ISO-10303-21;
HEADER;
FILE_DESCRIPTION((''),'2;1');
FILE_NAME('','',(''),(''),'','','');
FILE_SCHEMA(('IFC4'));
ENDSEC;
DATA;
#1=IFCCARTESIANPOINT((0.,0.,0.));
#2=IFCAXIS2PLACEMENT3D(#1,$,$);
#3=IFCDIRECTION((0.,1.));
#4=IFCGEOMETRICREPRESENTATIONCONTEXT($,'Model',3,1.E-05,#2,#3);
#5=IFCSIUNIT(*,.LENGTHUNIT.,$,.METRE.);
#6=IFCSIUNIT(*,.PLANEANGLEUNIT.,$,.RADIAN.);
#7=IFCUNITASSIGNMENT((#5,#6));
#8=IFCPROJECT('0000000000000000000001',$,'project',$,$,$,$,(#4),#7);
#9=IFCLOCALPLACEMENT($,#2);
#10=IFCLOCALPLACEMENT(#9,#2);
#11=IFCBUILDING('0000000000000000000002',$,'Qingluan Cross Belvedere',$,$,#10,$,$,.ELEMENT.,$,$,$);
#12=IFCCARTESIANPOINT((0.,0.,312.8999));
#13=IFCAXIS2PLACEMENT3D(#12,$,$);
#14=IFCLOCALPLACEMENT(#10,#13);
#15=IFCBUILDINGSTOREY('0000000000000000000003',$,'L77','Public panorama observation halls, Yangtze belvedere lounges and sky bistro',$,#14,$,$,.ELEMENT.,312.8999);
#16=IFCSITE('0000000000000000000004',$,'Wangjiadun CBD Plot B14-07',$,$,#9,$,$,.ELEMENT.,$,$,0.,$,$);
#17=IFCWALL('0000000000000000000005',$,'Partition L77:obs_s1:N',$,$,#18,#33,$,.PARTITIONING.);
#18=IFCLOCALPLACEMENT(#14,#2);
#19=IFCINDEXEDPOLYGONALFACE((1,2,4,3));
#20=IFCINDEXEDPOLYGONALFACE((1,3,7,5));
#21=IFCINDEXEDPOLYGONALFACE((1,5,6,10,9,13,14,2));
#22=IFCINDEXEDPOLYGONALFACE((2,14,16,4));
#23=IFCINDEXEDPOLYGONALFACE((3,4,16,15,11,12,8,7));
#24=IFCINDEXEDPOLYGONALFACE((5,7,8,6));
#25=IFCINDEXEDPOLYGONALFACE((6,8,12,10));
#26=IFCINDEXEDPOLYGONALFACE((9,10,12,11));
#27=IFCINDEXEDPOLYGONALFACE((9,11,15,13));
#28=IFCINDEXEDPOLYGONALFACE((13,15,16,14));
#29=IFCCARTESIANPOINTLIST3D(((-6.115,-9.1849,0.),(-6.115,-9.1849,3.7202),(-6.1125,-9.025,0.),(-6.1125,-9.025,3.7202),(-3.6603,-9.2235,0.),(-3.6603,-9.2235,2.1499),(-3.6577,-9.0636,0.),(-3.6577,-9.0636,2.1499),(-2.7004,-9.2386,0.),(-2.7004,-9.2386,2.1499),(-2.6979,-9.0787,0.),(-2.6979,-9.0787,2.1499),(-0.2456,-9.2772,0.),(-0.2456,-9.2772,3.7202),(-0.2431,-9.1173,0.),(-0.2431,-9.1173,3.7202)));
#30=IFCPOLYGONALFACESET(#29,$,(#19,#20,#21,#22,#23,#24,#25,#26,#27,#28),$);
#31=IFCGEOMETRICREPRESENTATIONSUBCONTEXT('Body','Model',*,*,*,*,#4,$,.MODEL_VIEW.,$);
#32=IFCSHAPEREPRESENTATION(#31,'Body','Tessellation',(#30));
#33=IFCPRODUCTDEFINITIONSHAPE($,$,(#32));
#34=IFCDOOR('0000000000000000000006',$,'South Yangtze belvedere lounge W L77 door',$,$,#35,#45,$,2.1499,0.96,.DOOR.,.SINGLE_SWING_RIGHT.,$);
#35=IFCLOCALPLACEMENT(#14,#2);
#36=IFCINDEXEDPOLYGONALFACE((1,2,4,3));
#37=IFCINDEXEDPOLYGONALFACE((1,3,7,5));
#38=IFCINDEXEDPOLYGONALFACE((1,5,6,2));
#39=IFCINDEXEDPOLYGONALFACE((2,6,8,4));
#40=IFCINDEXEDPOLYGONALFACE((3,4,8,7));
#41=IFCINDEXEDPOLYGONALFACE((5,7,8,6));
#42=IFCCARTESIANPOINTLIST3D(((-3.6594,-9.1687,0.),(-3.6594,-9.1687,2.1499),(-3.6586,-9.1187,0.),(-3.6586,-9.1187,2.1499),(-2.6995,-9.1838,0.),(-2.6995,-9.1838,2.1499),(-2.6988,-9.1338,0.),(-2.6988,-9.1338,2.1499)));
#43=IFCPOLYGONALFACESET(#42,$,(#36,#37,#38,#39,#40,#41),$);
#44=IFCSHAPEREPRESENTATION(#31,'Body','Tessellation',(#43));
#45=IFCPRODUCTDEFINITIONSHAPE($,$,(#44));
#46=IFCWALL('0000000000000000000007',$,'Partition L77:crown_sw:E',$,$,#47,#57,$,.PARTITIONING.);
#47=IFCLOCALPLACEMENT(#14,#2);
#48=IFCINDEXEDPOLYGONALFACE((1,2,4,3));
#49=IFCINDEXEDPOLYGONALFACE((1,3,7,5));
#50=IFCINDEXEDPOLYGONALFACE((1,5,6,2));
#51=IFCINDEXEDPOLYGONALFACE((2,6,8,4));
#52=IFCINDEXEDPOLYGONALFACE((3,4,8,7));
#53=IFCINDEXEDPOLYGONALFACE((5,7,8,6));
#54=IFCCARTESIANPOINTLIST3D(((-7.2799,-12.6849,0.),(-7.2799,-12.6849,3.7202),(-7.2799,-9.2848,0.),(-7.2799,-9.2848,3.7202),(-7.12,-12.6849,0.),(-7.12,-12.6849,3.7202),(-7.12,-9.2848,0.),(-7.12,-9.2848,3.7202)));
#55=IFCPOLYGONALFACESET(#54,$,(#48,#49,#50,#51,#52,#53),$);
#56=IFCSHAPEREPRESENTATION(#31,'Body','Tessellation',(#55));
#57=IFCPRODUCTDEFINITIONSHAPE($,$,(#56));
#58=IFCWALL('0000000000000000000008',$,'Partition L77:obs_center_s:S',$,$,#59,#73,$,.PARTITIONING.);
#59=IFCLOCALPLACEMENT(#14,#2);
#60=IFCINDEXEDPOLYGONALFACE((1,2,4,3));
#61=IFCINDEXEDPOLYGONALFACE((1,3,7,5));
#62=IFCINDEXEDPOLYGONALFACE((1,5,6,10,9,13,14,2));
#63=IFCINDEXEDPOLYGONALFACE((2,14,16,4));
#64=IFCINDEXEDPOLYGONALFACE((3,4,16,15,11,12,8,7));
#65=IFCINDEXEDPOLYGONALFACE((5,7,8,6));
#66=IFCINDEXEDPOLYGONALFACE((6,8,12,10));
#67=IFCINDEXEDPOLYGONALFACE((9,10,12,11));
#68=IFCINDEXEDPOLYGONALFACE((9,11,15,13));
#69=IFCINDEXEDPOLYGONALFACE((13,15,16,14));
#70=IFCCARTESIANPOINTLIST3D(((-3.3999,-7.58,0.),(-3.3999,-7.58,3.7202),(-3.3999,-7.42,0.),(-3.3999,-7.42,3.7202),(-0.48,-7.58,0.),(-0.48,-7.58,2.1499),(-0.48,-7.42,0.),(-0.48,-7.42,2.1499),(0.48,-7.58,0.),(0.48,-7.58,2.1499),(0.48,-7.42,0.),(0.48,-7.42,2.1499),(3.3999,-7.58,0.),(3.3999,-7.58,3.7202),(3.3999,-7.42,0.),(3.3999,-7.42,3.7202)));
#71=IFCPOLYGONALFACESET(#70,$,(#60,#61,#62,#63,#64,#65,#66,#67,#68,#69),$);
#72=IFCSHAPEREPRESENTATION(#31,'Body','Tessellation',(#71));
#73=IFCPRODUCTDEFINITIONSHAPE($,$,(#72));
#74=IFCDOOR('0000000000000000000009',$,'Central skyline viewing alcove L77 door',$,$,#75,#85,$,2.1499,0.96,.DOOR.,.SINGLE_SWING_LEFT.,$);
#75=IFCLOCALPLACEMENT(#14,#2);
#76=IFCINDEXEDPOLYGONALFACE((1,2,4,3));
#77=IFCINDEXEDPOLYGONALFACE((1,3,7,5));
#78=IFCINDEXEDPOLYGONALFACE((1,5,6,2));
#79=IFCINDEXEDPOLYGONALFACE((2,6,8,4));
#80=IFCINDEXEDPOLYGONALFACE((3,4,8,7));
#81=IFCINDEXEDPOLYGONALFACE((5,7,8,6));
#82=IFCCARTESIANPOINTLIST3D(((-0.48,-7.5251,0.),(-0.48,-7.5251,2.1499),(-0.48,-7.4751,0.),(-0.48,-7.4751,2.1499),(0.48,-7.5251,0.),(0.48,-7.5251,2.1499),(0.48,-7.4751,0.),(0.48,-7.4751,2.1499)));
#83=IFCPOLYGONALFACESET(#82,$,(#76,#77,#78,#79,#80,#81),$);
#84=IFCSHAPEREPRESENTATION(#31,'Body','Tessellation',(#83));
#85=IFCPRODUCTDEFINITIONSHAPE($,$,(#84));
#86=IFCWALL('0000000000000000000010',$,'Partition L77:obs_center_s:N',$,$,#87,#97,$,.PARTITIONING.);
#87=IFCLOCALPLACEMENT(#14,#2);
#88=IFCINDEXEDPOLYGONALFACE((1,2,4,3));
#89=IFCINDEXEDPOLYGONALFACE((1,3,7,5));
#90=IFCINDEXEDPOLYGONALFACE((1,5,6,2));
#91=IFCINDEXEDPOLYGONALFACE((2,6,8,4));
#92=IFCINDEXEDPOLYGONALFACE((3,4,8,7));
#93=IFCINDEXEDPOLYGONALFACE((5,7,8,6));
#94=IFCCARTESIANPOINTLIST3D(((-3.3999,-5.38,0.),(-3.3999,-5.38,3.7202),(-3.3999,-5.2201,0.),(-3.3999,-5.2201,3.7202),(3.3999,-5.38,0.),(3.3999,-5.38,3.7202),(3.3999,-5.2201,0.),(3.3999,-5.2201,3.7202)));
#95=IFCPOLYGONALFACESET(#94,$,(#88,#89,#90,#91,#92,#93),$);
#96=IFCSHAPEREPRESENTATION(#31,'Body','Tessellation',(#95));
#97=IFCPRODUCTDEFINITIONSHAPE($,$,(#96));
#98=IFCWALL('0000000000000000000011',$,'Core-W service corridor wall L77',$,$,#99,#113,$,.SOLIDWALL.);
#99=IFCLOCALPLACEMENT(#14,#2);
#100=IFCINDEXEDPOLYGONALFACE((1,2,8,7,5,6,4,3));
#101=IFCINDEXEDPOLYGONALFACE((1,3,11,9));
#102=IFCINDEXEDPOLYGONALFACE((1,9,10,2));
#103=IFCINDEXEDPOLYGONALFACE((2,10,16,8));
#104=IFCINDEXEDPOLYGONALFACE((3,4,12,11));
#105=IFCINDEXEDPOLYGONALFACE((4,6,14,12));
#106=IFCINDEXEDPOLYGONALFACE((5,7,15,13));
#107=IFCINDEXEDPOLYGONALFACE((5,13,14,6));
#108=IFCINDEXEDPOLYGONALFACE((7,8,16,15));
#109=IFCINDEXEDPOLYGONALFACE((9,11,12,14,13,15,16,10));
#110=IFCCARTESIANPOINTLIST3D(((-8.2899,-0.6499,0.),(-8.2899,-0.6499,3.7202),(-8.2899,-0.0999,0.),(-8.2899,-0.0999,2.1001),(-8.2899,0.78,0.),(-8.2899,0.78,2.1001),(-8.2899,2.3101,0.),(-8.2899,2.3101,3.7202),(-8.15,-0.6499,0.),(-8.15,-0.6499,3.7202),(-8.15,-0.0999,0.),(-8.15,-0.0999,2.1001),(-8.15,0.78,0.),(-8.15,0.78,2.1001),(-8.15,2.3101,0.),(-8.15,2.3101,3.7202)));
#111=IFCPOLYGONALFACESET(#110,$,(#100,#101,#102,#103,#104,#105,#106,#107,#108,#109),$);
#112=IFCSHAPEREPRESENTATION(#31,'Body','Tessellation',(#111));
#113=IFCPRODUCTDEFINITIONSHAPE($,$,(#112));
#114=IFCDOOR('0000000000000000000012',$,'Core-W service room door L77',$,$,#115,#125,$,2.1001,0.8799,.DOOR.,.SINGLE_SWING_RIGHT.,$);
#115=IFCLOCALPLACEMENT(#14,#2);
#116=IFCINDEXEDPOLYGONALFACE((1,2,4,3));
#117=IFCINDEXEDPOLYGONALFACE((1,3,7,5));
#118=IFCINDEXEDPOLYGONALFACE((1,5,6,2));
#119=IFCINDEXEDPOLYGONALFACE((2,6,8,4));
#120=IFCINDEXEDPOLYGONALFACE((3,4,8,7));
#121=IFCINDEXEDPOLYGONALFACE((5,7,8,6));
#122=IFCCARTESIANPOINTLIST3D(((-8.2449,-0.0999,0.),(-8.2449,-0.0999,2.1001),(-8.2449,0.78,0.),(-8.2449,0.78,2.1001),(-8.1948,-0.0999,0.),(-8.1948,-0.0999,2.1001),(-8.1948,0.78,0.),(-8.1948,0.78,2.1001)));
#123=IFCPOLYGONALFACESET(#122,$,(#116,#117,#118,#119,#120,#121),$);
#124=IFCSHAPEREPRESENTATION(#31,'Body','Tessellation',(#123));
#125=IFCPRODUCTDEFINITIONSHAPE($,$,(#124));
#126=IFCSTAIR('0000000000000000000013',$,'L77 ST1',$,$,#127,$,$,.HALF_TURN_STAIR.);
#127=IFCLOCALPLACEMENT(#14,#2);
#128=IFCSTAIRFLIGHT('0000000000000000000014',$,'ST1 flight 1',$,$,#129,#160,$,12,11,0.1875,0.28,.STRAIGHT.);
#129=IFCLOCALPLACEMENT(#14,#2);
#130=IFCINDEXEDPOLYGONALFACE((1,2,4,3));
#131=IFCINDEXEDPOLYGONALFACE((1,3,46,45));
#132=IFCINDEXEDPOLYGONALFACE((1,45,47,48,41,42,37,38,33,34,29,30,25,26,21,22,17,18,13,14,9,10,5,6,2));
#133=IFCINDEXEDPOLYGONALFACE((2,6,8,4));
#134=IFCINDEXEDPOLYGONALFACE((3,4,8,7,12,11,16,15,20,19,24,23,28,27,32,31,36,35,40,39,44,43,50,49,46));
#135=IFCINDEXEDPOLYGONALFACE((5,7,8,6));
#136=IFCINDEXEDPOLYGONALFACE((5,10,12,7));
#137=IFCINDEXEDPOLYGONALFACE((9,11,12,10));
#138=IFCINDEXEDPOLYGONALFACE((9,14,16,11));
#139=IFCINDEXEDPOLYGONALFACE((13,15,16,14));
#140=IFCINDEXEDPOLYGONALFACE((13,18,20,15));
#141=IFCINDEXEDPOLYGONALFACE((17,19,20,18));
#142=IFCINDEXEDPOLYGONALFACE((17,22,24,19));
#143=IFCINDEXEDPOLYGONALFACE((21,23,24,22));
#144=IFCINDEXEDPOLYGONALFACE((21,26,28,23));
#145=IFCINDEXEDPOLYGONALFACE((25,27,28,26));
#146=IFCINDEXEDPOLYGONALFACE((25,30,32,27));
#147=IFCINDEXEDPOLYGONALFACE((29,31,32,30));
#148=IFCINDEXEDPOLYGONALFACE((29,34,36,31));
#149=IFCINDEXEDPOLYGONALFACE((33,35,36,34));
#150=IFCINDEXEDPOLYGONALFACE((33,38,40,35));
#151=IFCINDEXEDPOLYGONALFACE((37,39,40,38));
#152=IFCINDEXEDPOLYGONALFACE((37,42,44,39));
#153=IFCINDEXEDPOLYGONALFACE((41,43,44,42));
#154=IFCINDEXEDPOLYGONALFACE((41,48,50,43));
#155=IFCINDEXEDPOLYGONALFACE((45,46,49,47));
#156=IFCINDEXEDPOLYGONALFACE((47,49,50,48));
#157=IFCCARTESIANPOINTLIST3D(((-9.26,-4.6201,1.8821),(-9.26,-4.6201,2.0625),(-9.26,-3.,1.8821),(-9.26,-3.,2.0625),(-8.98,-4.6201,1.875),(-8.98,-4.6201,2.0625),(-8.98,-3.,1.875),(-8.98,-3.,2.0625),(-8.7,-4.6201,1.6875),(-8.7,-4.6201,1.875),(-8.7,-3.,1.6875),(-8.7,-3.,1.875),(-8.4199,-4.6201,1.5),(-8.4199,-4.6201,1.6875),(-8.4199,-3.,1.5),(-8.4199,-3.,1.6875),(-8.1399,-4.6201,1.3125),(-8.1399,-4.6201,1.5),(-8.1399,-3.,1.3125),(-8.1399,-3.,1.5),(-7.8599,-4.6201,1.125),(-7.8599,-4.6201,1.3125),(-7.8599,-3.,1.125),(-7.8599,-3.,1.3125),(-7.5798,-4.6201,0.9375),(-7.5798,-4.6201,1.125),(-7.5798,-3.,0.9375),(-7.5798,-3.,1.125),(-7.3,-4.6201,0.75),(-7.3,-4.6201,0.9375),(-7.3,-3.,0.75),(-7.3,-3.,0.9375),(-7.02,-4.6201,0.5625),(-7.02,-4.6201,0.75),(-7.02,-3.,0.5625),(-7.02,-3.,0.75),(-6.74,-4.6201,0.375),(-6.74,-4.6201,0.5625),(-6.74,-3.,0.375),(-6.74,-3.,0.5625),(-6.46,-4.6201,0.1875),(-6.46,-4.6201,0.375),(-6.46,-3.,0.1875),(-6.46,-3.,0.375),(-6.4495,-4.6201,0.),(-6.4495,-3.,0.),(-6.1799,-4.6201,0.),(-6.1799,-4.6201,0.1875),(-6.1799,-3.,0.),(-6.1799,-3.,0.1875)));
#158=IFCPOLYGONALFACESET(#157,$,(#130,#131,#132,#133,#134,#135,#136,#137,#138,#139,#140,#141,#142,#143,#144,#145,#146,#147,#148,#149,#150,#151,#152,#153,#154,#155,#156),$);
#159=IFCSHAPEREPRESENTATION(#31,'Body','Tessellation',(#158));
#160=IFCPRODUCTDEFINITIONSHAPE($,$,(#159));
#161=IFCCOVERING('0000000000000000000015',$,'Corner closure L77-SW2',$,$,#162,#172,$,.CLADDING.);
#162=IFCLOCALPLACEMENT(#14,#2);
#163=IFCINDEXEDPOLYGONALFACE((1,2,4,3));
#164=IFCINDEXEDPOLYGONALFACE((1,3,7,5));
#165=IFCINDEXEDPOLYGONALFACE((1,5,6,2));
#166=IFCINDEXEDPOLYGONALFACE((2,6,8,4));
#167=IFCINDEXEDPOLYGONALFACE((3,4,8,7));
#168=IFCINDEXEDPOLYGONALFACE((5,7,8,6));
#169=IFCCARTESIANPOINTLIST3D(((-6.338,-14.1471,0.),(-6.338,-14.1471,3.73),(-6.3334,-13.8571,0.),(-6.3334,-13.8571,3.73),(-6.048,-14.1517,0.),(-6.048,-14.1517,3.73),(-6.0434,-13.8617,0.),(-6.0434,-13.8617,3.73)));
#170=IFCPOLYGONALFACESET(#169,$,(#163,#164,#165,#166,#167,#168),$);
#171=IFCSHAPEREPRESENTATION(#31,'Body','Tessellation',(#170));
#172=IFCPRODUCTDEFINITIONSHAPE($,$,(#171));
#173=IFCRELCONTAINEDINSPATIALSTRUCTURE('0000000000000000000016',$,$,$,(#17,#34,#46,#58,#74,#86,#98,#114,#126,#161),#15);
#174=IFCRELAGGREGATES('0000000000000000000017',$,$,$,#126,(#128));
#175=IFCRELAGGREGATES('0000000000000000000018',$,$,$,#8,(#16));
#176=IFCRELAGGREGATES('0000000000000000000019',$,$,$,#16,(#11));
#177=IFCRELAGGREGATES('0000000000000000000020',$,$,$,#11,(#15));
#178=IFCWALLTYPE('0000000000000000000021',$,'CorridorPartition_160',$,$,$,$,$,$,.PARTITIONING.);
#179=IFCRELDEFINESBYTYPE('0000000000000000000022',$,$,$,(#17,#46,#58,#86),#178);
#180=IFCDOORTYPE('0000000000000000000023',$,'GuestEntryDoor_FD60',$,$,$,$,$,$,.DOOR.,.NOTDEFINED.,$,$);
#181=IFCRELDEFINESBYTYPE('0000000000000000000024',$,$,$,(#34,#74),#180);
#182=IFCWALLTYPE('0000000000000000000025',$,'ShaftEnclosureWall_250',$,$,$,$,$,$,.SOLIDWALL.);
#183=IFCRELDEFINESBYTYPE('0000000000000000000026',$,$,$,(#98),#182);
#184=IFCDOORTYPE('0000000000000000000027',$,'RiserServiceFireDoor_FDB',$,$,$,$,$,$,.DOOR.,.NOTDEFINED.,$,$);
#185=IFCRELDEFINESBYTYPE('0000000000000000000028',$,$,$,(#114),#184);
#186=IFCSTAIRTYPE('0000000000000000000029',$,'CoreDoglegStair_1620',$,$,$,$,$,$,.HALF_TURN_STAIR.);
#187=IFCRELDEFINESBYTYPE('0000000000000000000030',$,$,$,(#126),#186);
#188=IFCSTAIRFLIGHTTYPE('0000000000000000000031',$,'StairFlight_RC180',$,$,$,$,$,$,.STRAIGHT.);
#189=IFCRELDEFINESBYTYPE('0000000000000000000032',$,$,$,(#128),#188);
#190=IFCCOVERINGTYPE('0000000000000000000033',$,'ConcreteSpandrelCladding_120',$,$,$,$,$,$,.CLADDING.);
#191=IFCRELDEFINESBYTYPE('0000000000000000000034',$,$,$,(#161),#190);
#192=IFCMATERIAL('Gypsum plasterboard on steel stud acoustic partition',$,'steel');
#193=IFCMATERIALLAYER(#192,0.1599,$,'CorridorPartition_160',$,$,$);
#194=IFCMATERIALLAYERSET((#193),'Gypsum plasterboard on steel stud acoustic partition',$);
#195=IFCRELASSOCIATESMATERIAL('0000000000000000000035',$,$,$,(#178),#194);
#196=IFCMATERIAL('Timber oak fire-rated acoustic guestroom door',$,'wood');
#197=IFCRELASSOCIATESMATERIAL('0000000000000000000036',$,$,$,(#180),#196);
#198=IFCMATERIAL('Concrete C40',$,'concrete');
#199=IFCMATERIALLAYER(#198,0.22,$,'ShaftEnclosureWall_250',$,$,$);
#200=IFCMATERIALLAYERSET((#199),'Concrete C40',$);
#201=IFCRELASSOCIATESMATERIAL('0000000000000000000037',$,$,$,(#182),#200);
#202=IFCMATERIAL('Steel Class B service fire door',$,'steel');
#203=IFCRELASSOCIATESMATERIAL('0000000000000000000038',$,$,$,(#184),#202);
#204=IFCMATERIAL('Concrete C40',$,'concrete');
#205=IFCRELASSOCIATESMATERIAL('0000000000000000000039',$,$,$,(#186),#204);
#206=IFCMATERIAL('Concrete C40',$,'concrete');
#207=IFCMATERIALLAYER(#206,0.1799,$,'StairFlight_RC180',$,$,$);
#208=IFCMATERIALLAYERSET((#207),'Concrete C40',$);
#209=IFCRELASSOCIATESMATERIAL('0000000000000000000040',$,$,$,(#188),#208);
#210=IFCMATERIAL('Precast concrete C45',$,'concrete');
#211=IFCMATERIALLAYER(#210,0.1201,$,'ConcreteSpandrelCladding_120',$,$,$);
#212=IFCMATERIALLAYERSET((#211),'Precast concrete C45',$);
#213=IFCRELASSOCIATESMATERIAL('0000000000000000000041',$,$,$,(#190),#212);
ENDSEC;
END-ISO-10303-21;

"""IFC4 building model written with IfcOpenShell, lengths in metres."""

from ifc_helpers import new_model, si_unit, direction, frame, frame_2d, origin, origin_2d, place, context, subcontext, project, spatial, polyline, rectangle, outline, extrude, material, layer, layer_set, type_object, element, fill, aggregate, save


model = new_model("IFC4")

# Units and contexts
model_context = context("Model", 3, precision=1e-05, world=origin(), true_north=direction((0.0, 1.0)))
body_context = subcontext(model_context, "Body", "Model", "MODEL_VIEW")
ifc_project = project(units=[si_unit("LENGTHUNIT", "METRE"), si_unit("PLANEANGLEUNIT", "RADIAN")], contexts=[model_context])

# Site, building, storey
site_placement = place(None, origin())
site = spatial("IfcSite", under=ifc_project, at=site_placement, Name="Wangjiadun CBD Plot B14-07", CompositionType="ELEMENT", RefElevation=0.0)
building_placement = place(site_placement, origin())
building = spatial("IfcBuilding", under=site, at=building_placement, Name="Qingluan Cross Belvedere", CompositionType="ELEMENT")
storey_placement = place(building_placement, frame((0.0, 0.0, 312.8999)))
storey = spatial("IfcBuildingStorey", under=building, at=storey_placement, Name="L77", Description="Public panorama observation halls, Yangtze belvedere lounges and sky bistro", CompositionType="ELEMENT", Elevation=312.8999)

# Wall, opening, door
ifc_material_1 = material(Name="Gypsum plasterboard on steel stud acoustic partition", Category="steel")
ifc_layer_1 = layer(ifc_material_1, 0.1599, Name="CorridorPartition_160")
ifc_layer_set_1 = layer_set([ifc_layer_1], Name="Gypsum plasterboard on steel stud acoustic partition")
wall_type_1 = type_object("IfcWallType", Name="CorridorPartition_160", PredefinedType="PARTITIONING", material=ifc_layer_set_1)
wall_1_placement = place(storey_placement, frame((-6.1138, -9.105, 0.0), z_axis=(0.0, 0.0, 1.0), x_axis=(0.999876, -0.015721, 0.0)))
wall_1 = element("IfcWall", 1, at=wall_1_placement, inside=storey, type_object=wall_type_1, Name="Partition L77:obs_s1:N", PredefinedType="PARTITIONING", context=body_context, shape_type="SweptSolid", body=[
    extrude(rectangle(XDim=5.8701, YDim=0.1599, at=frame_2d((2.9351, 0.0))), origin(), (0.0, 0.0, 1.0), 3.7202),
])
opening_1_placement = place(wall_1_placement, frame((2.4551, 0.0, 0.0)))
opening_1 = element("IfcOpeningElement", 2, at=opening_1_placement, cuts=wall_1, PredefinedType="OPENING", context=body_context, shape_type="SweptSolid", body=[
    extrude(rectangle(XDim=0.96, YDim=2.1499, at=frame_2d((0.48, 1.075))), frame((0.0, 0.0898, 0.0), z_axis=(0.0, -1.0, 0.0), x_axis=(1.0, 0.0, 0.0)), (0.0, 0.0, 1.0), 0.1799),
])
ifc_material_2 = material(Name="Timber oak fire-rated acoustic guestroom door", Category="wood")
door_type_1 = type_object("IfcDoorType", Name="GuestEntryDoor_FD60", OperationType="NOTDEFINED", PredefinedType="DOOR", material=ifc_material_2)
door_1_placement = place(opening_1_placement, origin())
door_1 = element("IfcDoor", 3, at=door_1_placement, inside=storey, type_object=door_type_1, Name="South Yangtze belvedere lounge W L77 door", OperationType="SINGLE_SWING_RIGHT", OverallHeight=2.1499, OverallWidth=0.96, PredefinedType="DOOR", context=body_context, shape_type="SweptSolid", body=[
    extrude(rectangle(XDim=0.96, YDim=2.1499, at=frame_2d((0.48, 1.075))), frame((0.0, 0.0249, 0.0), z_axis=(0.0, -1.0, 0.0), x_axis=(1.0, 0.0, 0.0)), (0.0, 0.0, 1.0), 0.05),
])
fill(opening_1, door_1)

# Wall
wall_2_placement = place(storey_placement, frame((-7.2, -12.6851, 0.0), z_axis=(0.0, 0.0, 1.0), x_axis=(0.0, 1.0, 0.0)))
element("IfcWall", 4, at=wall_2_placement, inside=storey, type_object=wall_type_1, Name="Partition L77:crown_sw:E", PredefinedType="PARTITIONING", context=body_context, shape_type="SweptSolid", body=[
    extrude(rectangle(XDim=3.4001, YDim=0.1599, at=frame_2d((1.7002, 0.0))), origin(), (0.0, 0.0, 1.0), 3.7202),
])

# Wall, opening, door
wall_3_placement = place(storey_placement, frame((-3.3999, -7.5, 0.0), z_axis=(0.0, 0.0, 1.0), x_axis=(1.0, 0.0, 0.0)))
wall_3 = element("IfcWall", 5, at=wall_3_placement, inside=storey, type_object=wall_type_1, Name="Partition L77:obs_center_s:S", PredefinedType="PARTITIONING", context=body_context, shape_type="SweptSolid", body=[
    extrude(rectangle(XDim=6.7998, YDim=0.1599, at=frame_2d((3.3999, 0.0))), origin(), (0.0, 0.0, 1.0), 3.7202),
])
opening_2_placement = place(wall_3_placement, frame((2.9199, 0.0, 0.0)))
opening_2 = element("IfcOpeningElement", 6, at=opening_2_placement, cuts=wall_3, PredefinedType="OPENING", context=body_context, shape_type="SweptSolid", body=[
    extrude(rectangle(XDim=0.96, YDim=2.1499, at=frame_2d((0.48, 1.075))), frame((0.0, 0.0898, 0.0), z_axis=(0.0, -1.0, 0.0), x_axis=(1.0, 0.0, 0.0)), (0.0, 0.0, 1.0), 0.1799),
])
door_2_placement = place(opening_2_placement, origin())
door_2 = element("IfcDoor", 7, at=door_2_placement, inside=storey, type_object=door_type_1, Name="Central skyline viewing alcove L77 door", OperationType="SINGLE_SWING_LEFT", OverallHeight=2.1499, OverallWidth=0.96, PredefinedType="DOOR", context=body_context, shape_type="SweptSolid", body=[
    extrude(rectangle(XDim=0.96, YDim=2.1499, at=frame_2d((0.48, 1.075))), frame((0.0, 0.0249, 0.0), z_axis=(0.0, -1.0, 0.0), x_axis=(1.0, 0.0, 0.0)), (0.0, 0.0, 1.0), 0.05),
])
fill(opening_2, door_2)

# Wall
wall_4_placement = place(storey_placement, frame((-3.3999, -5.3, 0.0), z_axis=(0.0, 0.0, 1.0), x_axis=(1.0, 0.0, 0.0)))
element("IfcWall", 8, at=wall_4_placement, inside=storey, type_object=wall_type_1, Name="Partition L77:obs_center_s:N", PredefinedType="PARTITIONING", context=body_context, shape_type="SweptSolid", body=[
    extrude(rectangle(XDim=6.7998, YDim=0.1599, at=frame_2d((3.3999, 0.0))), origin(), (0.0, 0.0, 1.0), 3.7202),
])

# Wall, opening, door
ifc_material_3 = material(Name="Concrete C40", Category="concrete")
ifc_layer_2 = layer(ifc_material_3, 0.22, Name="ShaftEnclosureWall_250")
ifc_layer_set_2 = layer_set([ifc_layer_2], Name="Concrete C40")
wall_type_2 = type_object("IfcWallType", Name="ShaftEnclosureWall_250", PredefinedType="SOLIDWALL", material=ifc_layer_set_2)
wall_5_placement = place(storey_placement, frame((-8.22, -0.6499, 0.0), z_axis=(0.0, 0.0, 1.0), x_axis=(0.0, 1.0, 0.0)))
wall_5 = element("IfcWall", 9, at=wall_5_placement, inside=storey, type_object=wall_type_2, Name="Core-W service corridor wall L77", PredefinedType="SOLIDWALL", context=body_context, shape_type="SweptSolid", body=[
    extrude(rectangle(XDim=2.96, YDim=0.1399, at=frame_2d((1.48, 0.0))), origin(), (0.0, 0.0, 1.0), 3.7202),
])
opening_3_placement = place(wall_5_placement, frame((0.55, 0.0, 0.0)))
opening_3 = element("IfcOpeningElement", 10, at=opening_3_placement, cuts=wall_5, PredefinedType="OPENING", context=body_context, shape_type="SweptSolid", body=[
    extrude(rectangle(XDim=0.8799, YDim=2.1001, at=frame_2d((0.4399, 1.05))), frame((0.0, 0.0798, 0.0), z_axis=(0.0, -1.0, 0.0), x_axis=(1.0, 0.0, 0.0)), (0.0, 0.0, 1.0), 0.1599),
])
ifc_material_4 = material(Name="Steel Class B service fire door", Category="steel")
door_type_2 = type_object("IfcDoorType", Name="RiserServiceFireDoor_FDB", OperationType="NOTDEFINED", PredefinedType="DOOR", material=ifc_material_4)
door_3_placement = place(opening_3_placement, origin())
door_3 = element("IfcDoor", 11, at=door_3_placement, inside=storey, type_object=door_type_2, Name="Core-W service room door L77", OperationType="SINGLE_SWING_RIGHT", OverallHeight=2.1001, OverallWidth=0.8799, PredefinedType="DOOR", context=body_context, shape_type="SweptSolid", body=[
    extrude(rectangle(XDim=0.8799, YDim=2.1001, at=frame_2d((0.4399, 1.05))), frame((0.0, 0.0249, 0.0), z_axis=(0.0, -1.0, 0.0), x_axis=(1.0, 0.0, 0.0)), (0.0, 0.0, 1.0), 0.05),
])
fill(opening_3, door_3)

# Stair, stair flight
ifc_material_5 = material(Name="Concrete C40", Category="concrete")
stair_type = type_object("IfcStairType", Name="CoreDoglegStair_1620", PredefinedType="HALF_TURN_STAIR", material=ifc_material_5)
stair_placement = place(storey_placement, origin())
stair = element("IfcStair", 12, at=stair_placement, inside=storey, type_object=stair_type, Name="L77 ST1", PredefinedType="HALF_TURN_STAIR")
ifc_material_6 = material(Name="Concrete C40", Category="concrete")
ifc_layer_3 = layer(ifc_material_6, 0.1799, Name="StairFlight_RC180")
ifc_layer_set_3 = layer_set([ifc_layer_3], Name="Concrete C40")
stair_flight_type = type_object("IfcStairFlightType", Name="StairFlight_RC180", PredefinedType="STRAIGHT", material=ifc_layer_set_3)
stair_flight_placement = place(storey_placement, frame((-6.1799, -3.8101, 0.0), z_axis=(0.0, 0.0, 1.0), x_axis=(-1.0, 0.0, 0.0)))
stair_flight = element("IfcStairFlight", 13, at=stair_flight_placement, type_object=stair_flight_type, Name="ST1 flight 1", NumberOfRisers=12, NumberOfTreads=11, PredefinedType="STRAIGHT", RiserHeight=0.1875, TreadLength=0.28, context=body_context, shape_type="SweptSolid", body=[
    extrude(outline(polyline([(0.0, 0.0), (0.0, 0.1875), (0.28, 0.1875), (0.28, 0.375), (0.5601, 0.375), (0.5601, 0.5625), (0.8401, 0.5625), (0.8401, 0.75), (1.1201, 0.75), (1.1201, 0.9375), (1.3999, 0.9375), (1.3999, 1.125), (1.6799, 1.125), (1.6799, 1.3125), (1.96, 1.3125), (1.96, 1.5), (2.24, 1.5), (2.24, 1.6875), (2.52, 1.6875), (2.52, 1.875), (2.8, 1.875), (2.8, 2.0625), (3.0801, 2.0625), (3.0801, 2.25), (3.0801, 1.8821), (0.2695, 0.0), (0.0, 0.0)])), frame((0.0, 0.8101, 0.0), z_axis=(0.0, -1.0, 0.0), x_axis=(1.0, 0.0, 0.0)), (0.0, 0.0, 1.0), 1.6201),
])
aggregate(stair, [stair_flight])

# Covering
ifc_material_7 = material(Name="Precast concrete C45", Category="concrete")
ifc_layer_4 = layer(ifc_material_7, 0.1201, Name="ConcreteSpandrelCladding_120")
ifc_layer_set_4 = layer_set([ifc_layer_4], Name="Precast concrete C45")
covering_type = type_object("IfcCoveringType", Name="ConcreteSpandrelCladding_120", PredefinedType="CLADDING", material=ifc_layer_set_4)
covering_placement = place(storey_placement, frame((-6.1907, -14.0044, 0.0), z_axis=(0.0, 0.0, 1.0), x_axis=(0.999877, -0.015707, 0.0)))
element("IfcCovering", 14, at=covering_placement, inside=storey, type_object=covering_type, Name="Corner closure L77-SW2", PredefinedType="CLADDING", context=body_context, shape_type="SweptSolid", body=[
    extrude(rectangle(XDim=0.29, YDim=0.29, at=origin_2d()), origin(), (0.0, 0.0, 1.0), 3.73),
])

save(model, "model.ifc")
